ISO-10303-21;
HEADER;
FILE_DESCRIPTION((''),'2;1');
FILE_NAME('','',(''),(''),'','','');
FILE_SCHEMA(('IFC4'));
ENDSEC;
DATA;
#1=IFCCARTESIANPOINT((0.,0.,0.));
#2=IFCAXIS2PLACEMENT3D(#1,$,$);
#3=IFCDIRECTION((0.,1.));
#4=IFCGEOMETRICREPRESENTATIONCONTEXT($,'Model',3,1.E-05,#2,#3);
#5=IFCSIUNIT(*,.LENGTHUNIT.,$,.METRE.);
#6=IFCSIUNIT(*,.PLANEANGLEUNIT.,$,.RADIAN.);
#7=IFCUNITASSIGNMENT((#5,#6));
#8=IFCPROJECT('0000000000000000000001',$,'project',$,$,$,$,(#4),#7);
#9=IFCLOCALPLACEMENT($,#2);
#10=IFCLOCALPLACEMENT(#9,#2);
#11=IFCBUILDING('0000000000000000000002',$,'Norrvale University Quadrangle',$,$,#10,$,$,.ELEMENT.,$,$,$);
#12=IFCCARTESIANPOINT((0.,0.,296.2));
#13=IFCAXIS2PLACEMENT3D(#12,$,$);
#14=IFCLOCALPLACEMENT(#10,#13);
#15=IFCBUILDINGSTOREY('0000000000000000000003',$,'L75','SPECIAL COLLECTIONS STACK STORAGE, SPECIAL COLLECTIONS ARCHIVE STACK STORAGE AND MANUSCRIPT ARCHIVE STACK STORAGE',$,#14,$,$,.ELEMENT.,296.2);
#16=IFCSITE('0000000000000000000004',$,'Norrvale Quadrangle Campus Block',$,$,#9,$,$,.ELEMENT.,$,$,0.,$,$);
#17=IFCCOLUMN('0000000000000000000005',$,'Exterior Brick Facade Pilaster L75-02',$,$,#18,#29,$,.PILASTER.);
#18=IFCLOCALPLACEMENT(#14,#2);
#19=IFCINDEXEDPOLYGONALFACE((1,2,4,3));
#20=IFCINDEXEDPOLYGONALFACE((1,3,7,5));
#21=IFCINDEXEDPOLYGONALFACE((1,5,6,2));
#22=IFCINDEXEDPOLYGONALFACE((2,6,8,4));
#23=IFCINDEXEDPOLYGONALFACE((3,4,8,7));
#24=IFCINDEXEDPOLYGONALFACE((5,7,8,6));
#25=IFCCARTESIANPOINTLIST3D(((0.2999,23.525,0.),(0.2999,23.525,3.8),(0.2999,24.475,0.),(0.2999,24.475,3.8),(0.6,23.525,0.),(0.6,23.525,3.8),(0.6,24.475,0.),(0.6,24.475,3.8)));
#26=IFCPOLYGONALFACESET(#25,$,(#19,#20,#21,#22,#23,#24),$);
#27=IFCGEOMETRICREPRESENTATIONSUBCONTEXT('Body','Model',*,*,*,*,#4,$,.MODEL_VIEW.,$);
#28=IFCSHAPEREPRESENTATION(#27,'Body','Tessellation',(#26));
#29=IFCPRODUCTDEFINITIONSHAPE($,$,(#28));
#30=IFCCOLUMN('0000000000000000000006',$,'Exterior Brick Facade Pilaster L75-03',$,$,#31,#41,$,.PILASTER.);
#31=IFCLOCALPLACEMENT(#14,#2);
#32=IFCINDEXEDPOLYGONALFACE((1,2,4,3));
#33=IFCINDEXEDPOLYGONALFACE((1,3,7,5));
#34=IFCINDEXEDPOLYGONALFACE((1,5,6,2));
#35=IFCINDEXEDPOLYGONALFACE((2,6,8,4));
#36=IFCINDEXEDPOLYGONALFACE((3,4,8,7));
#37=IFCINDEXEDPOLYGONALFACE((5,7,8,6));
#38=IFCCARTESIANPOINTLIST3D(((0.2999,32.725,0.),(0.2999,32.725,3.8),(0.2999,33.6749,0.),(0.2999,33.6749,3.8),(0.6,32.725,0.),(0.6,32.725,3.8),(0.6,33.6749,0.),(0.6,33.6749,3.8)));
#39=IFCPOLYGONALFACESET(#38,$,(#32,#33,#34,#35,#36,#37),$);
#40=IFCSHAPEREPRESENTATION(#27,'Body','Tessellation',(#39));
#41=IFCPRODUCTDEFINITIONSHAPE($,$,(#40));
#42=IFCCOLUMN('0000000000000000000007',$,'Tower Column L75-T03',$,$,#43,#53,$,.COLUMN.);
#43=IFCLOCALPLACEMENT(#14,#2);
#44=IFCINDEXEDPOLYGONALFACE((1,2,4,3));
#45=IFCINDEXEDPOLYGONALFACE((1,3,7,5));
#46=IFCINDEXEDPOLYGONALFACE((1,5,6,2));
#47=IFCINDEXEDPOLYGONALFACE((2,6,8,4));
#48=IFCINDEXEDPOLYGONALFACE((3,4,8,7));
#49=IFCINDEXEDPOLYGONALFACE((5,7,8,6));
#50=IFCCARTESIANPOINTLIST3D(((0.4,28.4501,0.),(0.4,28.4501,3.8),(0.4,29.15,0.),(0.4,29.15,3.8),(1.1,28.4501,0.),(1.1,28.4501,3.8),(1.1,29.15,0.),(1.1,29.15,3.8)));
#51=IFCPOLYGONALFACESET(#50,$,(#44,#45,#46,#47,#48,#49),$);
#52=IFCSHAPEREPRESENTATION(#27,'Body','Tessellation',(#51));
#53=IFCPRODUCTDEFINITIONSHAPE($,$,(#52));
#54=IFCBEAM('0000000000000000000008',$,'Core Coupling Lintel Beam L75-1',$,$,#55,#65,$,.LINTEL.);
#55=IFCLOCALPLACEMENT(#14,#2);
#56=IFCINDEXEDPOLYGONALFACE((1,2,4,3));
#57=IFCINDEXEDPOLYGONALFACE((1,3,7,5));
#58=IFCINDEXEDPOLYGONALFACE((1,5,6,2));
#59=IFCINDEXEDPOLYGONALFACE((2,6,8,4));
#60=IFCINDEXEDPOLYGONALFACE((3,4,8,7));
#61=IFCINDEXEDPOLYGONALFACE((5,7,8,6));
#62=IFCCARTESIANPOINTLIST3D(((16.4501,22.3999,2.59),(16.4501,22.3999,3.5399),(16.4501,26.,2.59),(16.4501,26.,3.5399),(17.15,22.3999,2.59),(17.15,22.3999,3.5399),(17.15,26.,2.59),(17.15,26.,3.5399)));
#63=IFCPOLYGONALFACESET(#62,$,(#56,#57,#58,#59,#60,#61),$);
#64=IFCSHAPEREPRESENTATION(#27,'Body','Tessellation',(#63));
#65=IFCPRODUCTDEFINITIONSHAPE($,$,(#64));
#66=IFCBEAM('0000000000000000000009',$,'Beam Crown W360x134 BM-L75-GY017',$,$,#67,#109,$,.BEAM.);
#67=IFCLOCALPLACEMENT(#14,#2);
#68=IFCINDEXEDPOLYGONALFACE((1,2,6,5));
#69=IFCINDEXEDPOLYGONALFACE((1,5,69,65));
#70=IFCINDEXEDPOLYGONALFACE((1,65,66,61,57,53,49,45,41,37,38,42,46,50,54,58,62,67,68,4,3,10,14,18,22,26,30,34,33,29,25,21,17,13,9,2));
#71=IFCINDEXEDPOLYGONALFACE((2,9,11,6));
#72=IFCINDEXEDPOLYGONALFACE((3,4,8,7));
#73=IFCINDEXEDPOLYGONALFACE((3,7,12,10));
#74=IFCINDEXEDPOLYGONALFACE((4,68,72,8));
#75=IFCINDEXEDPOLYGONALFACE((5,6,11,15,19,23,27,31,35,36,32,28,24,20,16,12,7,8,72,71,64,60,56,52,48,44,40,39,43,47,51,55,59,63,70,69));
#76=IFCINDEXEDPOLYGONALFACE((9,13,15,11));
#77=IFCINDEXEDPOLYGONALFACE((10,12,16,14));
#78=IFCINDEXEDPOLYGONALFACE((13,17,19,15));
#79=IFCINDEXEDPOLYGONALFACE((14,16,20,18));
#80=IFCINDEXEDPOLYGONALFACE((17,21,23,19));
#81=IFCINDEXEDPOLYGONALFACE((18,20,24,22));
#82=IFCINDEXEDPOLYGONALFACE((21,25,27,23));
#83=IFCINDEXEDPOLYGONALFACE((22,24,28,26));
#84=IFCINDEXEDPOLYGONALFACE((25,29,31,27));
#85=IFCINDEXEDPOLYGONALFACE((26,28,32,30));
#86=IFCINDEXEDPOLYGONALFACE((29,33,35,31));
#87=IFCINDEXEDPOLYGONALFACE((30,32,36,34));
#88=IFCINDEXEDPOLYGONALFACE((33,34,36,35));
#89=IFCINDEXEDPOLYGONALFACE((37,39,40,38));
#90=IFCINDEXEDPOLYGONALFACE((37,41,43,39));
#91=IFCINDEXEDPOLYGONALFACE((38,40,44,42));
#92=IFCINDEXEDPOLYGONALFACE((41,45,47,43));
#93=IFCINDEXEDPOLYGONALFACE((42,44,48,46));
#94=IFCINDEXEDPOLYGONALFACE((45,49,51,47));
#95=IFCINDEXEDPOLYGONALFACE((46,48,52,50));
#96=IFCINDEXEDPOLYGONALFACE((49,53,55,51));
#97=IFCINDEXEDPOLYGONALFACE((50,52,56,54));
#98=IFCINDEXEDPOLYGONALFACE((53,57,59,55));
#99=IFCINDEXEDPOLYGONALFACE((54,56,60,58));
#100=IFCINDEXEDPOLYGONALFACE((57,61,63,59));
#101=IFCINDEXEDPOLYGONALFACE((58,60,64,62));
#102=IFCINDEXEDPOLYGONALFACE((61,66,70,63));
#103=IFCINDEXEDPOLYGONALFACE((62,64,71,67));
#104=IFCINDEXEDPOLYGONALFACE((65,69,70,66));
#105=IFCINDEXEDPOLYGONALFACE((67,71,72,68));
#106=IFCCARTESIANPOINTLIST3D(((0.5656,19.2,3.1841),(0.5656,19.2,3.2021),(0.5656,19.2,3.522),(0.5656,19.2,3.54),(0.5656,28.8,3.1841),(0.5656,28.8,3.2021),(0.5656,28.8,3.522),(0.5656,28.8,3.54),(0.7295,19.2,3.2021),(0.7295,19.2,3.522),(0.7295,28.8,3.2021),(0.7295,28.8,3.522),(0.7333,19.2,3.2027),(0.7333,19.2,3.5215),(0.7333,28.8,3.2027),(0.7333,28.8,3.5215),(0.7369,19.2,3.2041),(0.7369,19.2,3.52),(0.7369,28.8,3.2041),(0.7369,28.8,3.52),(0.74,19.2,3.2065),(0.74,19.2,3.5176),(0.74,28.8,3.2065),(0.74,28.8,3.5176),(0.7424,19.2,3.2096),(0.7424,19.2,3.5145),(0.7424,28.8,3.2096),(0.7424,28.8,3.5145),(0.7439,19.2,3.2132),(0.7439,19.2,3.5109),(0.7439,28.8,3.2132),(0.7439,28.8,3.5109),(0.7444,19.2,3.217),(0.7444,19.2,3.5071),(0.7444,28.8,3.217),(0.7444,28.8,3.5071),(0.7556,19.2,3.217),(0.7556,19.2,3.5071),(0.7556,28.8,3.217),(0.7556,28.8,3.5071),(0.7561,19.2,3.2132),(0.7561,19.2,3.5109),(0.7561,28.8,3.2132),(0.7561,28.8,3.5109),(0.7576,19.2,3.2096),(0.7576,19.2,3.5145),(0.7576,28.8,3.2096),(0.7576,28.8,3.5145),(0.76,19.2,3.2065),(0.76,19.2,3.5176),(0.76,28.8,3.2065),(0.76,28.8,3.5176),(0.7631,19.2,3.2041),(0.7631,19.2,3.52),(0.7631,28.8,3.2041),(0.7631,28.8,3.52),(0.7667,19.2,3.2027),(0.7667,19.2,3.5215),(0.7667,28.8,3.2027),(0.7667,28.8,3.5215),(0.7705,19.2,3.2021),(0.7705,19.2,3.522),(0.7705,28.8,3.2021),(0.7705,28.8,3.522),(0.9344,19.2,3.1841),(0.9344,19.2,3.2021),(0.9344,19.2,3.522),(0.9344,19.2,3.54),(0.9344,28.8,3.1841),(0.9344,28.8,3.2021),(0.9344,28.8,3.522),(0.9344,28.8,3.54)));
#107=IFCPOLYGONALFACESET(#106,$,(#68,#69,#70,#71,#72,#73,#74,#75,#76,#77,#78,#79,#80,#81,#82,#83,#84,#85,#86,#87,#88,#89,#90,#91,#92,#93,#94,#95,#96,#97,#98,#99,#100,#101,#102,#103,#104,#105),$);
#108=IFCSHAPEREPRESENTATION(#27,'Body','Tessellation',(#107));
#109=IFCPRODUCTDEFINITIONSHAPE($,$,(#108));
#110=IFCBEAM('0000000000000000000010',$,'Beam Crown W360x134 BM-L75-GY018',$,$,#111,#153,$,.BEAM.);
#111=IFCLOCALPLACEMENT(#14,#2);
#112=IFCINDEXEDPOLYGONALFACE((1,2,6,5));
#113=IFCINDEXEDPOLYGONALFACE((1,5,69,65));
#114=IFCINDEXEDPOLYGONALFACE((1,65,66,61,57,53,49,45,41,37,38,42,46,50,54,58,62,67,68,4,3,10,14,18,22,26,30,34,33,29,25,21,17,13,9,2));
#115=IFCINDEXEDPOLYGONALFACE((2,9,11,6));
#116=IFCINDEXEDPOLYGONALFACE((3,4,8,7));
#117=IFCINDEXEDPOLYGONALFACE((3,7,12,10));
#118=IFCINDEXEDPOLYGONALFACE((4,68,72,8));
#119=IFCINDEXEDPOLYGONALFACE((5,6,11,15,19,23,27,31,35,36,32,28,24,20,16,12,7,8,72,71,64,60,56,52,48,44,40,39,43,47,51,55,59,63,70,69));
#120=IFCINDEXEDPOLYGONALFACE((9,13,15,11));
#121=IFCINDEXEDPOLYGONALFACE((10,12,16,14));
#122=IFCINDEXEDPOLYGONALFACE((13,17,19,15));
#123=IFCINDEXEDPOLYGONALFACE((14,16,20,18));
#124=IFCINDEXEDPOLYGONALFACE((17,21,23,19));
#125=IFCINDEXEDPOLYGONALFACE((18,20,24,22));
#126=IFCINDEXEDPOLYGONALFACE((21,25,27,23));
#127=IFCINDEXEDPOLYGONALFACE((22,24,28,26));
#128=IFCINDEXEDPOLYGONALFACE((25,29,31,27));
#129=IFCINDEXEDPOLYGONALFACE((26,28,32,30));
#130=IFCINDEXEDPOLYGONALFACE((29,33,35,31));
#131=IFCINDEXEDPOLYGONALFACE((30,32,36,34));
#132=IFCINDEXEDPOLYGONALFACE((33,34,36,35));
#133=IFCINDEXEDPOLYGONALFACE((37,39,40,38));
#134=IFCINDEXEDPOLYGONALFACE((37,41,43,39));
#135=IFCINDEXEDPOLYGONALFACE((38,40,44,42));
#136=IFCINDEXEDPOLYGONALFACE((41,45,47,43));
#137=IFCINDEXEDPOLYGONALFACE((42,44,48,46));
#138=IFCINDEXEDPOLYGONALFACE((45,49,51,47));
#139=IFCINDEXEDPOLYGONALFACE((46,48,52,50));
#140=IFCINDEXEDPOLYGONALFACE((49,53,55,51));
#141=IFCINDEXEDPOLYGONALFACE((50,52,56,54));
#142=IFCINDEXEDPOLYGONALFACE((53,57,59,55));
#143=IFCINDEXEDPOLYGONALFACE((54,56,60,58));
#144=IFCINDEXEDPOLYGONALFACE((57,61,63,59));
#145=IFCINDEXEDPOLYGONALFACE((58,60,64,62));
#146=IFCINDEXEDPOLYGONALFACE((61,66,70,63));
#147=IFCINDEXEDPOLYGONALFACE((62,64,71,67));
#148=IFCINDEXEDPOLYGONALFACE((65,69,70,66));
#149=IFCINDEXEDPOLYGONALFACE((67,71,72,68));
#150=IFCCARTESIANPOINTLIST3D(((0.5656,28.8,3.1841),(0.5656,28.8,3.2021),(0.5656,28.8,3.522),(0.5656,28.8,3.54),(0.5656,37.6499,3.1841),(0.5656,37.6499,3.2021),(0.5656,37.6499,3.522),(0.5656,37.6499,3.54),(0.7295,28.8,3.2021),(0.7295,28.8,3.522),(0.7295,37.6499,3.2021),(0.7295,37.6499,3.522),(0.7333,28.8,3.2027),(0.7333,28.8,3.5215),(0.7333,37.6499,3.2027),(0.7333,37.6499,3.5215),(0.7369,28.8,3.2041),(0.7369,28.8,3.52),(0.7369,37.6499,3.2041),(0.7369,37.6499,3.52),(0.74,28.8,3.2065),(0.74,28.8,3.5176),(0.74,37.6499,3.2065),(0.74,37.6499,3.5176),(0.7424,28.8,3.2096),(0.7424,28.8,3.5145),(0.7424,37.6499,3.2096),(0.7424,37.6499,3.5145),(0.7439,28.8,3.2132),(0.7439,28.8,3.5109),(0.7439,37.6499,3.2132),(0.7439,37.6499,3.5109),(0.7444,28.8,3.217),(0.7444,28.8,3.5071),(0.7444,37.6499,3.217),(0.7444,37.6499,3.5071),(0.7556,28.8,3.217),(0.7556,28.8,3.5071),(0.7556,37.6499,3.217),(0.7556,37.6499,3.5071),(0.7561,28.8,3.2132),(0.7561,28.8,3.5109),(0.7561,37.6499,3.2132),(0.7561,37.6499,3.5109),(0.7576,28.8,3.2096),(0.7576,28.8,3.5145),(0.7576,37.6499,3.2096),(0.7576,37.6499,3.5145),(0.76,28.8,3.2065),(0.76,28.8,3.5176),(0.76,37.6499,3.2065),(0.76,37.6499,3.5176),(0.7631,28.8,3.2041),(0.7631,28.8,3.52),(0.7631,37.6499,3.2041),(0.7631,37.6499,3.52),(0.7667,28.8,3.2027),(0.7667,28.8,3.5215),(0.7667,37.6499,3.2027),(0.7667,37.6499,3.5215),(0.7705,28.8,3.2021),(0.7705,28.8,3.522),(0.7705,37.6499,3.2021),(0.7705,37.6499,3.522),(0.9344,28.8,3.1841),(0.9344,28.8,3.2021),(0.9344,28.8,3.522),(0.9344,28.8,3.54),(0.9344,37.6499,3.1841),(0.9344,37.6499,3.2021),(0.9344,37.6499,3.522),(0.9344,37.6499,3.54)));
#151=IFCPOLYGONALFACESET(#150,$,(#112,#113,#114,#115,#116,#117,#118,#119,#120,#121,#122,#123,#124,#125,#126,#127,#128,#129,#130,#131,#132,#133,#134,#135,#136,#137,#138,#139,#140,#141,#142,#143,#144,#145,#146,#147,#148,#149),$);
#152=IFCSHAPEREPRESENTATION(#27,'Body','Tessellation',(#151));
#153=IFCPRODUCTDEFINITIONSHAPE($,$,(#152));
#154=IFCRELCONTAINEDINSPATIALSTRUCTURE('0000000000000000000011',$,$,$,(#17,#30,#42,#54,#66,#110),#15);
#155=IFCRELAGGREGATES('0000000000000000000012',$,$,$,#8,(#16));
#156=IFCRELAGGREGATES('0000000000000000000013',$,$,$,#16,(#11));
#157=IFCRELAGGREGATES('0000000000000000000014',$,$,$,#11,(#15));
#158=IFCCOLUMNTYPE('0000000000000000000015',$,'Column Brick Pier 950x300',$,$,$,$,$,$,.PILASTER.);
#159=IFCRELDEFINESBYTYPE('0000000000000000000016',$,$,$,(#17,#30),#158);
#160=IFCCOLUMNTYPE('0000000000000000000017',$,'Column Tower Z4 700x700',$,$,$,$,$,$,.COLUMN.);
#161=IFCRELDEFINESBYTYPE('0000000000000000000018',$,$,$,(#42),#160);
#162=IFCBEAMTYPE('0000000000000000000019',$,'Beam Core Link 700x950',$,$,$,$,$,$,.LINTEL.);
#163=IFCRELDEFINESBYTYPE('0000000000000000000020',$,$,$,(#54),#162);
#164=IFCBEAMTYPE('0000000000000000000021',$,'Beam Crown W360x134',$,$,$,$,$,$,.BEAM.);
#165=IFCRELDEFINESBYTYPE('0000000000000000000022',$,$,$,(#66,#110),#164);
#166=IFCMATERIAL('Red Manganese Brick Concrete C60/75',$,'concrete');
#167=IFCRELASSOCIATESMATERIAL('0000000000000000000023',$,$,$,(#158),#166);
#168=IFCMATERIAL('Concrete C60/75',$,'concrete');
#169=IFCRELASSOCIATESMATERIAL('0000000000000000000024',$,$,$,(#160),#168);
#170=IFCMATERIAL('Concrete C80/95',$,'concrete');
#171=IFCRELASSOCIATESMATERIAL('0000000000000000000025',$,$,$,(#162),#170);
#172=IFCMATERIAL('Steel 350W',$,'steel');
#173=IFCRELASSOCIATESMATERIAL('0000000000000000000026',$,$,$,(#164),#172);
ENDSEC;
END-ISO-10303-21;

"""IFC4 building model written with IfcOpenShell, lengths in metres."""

from ifc_helpers import new_model, si_unit, direction, frame, origin, origin_2d, place, context, subcontext, project, spatial, rectangle, i_section, extrude, material, material_profile, profile_set, type_object, element, save


model = new_model("IFC4")

# Units and contexts
model_context = context("Model", 3, precision=1e-05, world=origin(), true_north=direction((0.0, 1.0)))
body_context = subcontext(model_context, "Body", "Model", "MODEL_VIEW")
ifc_project = project(units=[si_unit("LENGTHUNIT", "METRE"), si_unit("PLANEANGLEUNIT", "RADIAN")], contexts=[model_context])

# Site, building, storey
site_placement = place(None, origin())
site = spatial("IfcSite", under=ifc_project, at=site_placement, Name="Norrvale Quadrangle Campus Block", CompositionType="ELEMENT", RefElevation=0.0)
building_placement = place(site_placement, origin())
building = spatial("IfcBuilding", under=site, at=building_placement, Name="Norrvale University Quadrangle", CompositionType="ELEMENT")
storey_placement = place(building_placement, frame((0.0, 0.0, 296.2)))
storey = spatial("IfcBuildingStorey", under=building, at=storey_placement, Name="L75", Description="SPECIAL COLLECTIONS STACK STORAGE, SPECIAL COLLECTIONS ARCHIVE STACK STORAGE AND MANUSCRIPT ARCHIVE STACK STORAGE", CompositionType="ELEMENT", Elevation=296.2)

# Columns
ifc_material_1 = material(Name="Red Manganese Brick Concrete C60/75", Category="concrete")
ifc_material_profile_1 = material_profile(ifc_material_1, rectangle(XDim=0.95, YDim=0.3, at=origin_2d()), Name="Red Manganese Brick Concrete C60/75")
ifc_profile_set_1 = profile_set([ifc_material_profile_1], Name="Red Manganese Brick Concrete C60/75")
column_type_1 = type_object("IfcColumnType", Name="Column Brick Pier 950x300", PredefinedType="PILASTER", material=ifc_profile_set_1)
for number, where, z_axis, x_axis, name in (
    (1, (0.45, 24.0, 0.0), (0.0, 0.0, 1.0), (0.0, 1.0, 0.0), "Exterior Brick Facade Pilaster L75-02"),
    (2, (0.45, 33.2, 0.0), (0.0, 0.0, 1.0), (0.0, 1.0, 0.0), "Exterior Brick Facade Pilaster L75-03"),
):
    element("IfcColumn", number, at=place(storey_placement, frame(where, z_axis=z_axis, x_axis=x_axis)), inside=storey, type_object=column_type_1, Name=name, PredefinedType="PILASTER", context=body_context, shape_type="SweptSolid", body=[
        extrude(rectangle(XDim=0.95, YDim=0.3, at=origin_2d()), origin(), (0.0, 0.0, 1.0), 3.8),
    ])
ifc_material_2 = material(Name="Concrete C60/75", Category="concrete")
ifc_material_profile_2 = material_profile(ifc_material_2, rectangle(XDim=0.7, YDim=0.7, at=origin_2d()), Name="Concrete C60/75")
ifc_profile_set_2 = profile_set([ifc_material_profile_2], Name="Concrete C60/75")
column_type_2 = type_object("IfcColumnType", Name="Column Tower Z4 700x700", PredefinedType="COLUMN", material=ifc_profile_set_2)
column_placement = place(storey_placement, frame((0.75, 28.8, 0.0), z_axis=(0.0, 0.0, 1.0), x_axis=(1.0, 0.0, 0.0)))
element("IfcColumn", 3, at=column_placement, inside=storey, type_object=column_type_2, Name="Tower Column L75-T03", PredefinedType="COLUMN", context=body_context, shape_type="SweptSolid", body=[
    extrude(rectangle(XDim=0.7, YDim=0.7, at=origin_2d()), origin(), (0.0, 0.0, 1.0), 3.8),
])

# Beams
ifc_material_3 = material(Name="Concrete C80/95", Category="concrete")
ifc_material_profile_3 = material_profile(ifc_material_3, rectangle(XDim=0.7, YDim=0.95, at=origin_2d()), Name="Concrete C80/95")
ifc_profile_set_3 = profile_set([ifc_material_profile_3], Name="Concrete C80/95")
beam_type_1 = type_object("IfcBeamType", Name="Beam Core Link 700x950", PredefinedType="LINTEL", material=ifc_profile_set_3)
beam_1_placement = place(storey_placement, frame((16.8, 22.3999, 3.0649), z_axis=(0.0, 1.0, 0.0), x_axis=(-1.0, 0.0, 0.0)))
element("IfcBeam", 4, at=beam_1_placement, inside=storey, type_object=beam_type_1, Name="Core Coupling Lintel Beam L75-1", PredefinedType="LINTEL", context=body_context, shape_type="SweptSolid", body=[
    extrude(rectangle(XDim=0.7, YDim=0.95, at=origin_2d()), origin(), (0.0, 0.0, 1.0), 3.6001),
])
ifc_material_4 = material(Name="Steel 350W", Category="steel")
ifc_material_profile_4 = material_profile(ifc_material_4, i_section(OverallWidth=0.3689, OverallDepth=0.356, WebThickness=0.0112, FlangeThickness=0.0181, FilletRadius=0.0149, at=origin_2d()), Name="Steel 350W")
ifc_profile_set_4 = profile_set([ifc_material_profile_4], Name="Steel 350W")
beam_type_2 = type_object("IfcBeamType", Name="Beam Crown W360x134", PredefinedType="BEAM", material=ifc_profile_set_4)
beam_2_placement = place(storey_placement, frame((0.75, 19.2, 3.3621), z_axis=(0.0, 1.0, 0.0), x_axis=(-1.0, 0.0, 0.0)))
element("IfcBeam", 5, at=beam_2_placement, inside=storey, type_object=beam_type_2, Name="Beam Crown W360x134 BM-L75-GY017", PredefinedType="BEAM", context=body_context, shape_type="SweptSolid", body=[
    extrude(i_section(OverallWidth=0.3689, OverallDepth=0.356, WebThickness=0.0112, FlangeThickness=0.0181, FilletRadius=0.0149, at=origin_2d()), origin(), (0.0, 0.0, 1.0), 9.6001),
])
beam_3_placement = place(storey_placement, frame((0.75, 28.8, 3.3621), z_axis=(0.0, 1.0, 0.0), x_axis=(-1.0, 0.0, 0.0)))
element("IfcBeam", 6, at=beam_3_placement, inside=storey, type_object=beam_type_2, Name="Beam Crown W360x134 BM-L75-GY018", PredefinedType="BEAM", context=body_context, shape_type="SweptSolid", body=[
    extrude(i_section(OverallWidth=0.3689, OverallDepth=0.356, WebThickness=0.0112, FlangeThickness=0.0181, FilletRadius=0.0149, at=origin_2d()), origin(), (0.0, 0.0, 1.0), 8.8499),
])

save(model, "model.ifc")
